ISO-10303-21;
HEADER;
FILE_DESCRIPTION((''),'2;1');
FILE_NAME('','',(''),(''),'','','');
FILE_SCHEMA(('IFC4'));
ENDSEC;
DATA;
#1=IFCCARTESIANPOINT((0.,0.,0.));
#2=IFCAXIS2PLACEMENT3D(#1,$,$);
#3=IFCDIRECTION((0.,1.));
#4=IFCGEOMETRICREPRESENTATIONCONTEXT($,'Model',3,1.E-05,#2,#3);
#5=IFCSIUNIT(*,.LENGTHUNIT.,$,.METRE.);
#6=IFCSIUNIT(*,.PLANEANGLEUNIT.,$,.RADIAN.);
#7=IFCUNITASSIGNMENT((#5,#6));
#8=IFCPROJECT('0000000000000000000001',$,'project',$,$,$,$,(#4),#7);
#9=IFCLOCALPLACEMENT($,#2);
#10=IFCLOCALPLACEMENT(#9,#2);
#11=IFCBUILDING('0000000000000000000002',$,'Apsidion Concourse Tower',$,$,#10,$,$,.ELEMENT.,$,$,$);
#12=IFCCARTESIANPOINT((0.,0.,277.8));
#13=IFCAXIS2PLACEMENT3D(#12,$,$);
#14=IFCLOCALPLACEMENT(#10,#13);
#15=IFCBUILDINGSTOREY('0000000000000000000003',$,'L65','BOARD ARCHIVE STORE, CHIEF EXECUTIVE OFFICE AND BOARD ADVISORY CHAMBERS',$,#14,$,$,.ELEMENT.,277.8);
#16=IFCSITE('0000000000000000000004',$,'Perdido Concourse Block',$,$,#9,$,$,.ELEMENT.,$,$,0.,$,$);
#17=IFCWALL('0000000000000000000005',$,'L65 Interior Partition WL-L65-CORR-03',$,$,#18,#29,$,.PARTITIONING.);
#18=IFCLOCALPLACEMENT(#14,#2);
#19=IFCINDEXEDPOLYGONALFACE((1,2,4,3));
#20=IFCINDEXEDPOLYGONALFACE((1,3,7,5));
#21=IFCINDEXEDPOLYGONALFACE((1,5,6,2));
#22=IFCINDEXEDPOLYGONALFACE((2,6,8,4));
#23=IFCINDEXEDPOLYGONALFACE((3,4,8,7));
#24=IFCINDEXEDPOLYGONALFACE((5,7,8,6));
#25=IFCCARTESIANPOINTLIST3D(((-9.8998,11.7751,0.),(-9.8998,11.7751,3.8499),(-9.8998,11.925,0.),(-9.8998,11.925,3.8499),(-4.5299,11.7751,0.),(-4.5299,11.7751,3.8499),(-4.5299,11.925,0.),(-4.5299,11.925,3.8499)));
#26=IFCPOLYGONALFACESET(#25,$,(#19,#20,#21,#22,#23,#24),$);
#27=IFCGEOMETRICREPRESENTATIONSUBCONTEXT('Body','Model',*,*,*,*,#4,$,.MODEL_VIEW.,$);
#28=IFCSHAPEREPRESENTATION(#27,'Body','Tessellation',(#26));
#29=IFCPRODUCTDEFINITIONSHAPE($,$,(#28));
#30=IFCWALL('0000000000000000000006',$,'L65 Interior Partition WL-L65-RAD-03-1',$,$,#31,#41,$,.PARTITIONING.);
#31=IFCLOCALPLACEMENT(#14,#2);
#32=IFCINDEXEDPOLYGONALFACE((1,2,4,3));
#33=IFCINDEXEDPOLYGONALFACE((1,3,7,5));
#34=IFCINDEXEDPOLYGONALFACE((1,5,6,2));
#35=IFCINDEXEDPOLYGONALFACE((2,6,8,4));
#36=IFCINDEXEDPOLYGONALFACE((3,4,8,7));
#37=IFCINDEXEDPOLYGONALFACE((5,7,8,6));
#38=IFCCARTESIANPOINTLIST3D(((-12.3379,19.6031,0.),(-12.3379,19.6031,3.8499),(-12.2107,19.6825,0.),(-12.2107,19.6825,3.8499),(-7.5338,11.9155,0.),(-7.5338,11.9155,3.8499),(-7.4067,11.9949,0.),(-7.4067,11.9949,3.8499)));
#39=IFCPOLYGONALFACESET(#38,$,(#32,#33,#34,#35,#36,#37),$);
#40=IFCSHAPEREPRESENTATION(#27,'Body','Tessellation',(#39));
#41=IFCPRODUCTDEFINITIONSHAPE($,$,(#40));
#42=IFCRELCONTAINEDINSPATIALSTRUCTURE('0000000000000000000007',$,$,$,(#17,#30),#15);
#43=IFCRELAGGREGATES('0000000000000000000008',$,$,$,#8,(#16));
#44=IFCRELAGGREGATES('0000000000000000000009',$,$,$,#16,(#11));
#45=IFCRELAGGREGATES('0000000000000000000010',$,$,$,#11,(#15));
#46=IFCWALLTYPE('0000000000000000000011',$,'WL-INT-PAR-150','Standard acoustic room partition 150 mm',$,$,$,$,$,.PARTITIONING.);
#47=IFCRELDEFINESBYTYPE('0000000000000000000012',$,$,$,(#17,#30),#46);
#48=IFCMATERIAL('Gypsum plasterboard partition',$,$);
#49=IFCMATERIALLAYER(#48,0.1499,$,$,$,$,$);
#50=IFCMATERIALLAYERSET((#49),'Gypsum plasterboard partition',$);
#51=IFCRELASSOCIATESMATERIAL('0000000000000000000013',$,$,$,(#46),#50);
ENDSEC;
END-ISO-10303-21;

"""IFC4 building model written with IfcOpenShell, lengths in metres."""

from ifc_helpers import new_model, si_unit, direction, frame, frame_2d, origin, place, context, subcontext, project, spatial, rectangle, extrude, material, layer, layer_set, type_object, element, save


model = new_model("IFC4")

# Units and contexts
model_context = context("Model", 3, precision=1e-05, world=origin(), true_north=direction((0.0, 1.0)))
body_context = subcontext(model_context, "Body", "Model", "MODEL_VIEW")
ifc_project = project(units=[si_unit("LENGTHUNIT", "METRE"), si_unit("PLANEANGLEUNIT", "RADIAN")], contexts=[model_context])

# Site, building, storey
site_placement = place(None, origin())
site = spatial("IfcSite", under=ifc_project, at=site_placement, Name="Perdido Concourse Block", CompositionType="ELEMENT", RefElevation=0.0)
building_placement = place(site_placement, origin())
building = spatial("IfcBuilding", under=site, at=building_placement, Name="Apsidion Concourse Tower", CompositionType="ELEMENT")
storey_placement = place(building_placement, frame((0.0, 0.0, 277.8)))
storey = spatial("IfcBuildingStorey", under=building, at=storey_placement, Name="L65", Description="BOARD ARCHIVE STORE, CHIEF EXECUTIVE OFFICE AND BOARD ADVISORY CHAMBERS", CompositionType="ELEMENT", Elevation=277.8)

# Walls
ifc_material_1 = material(Name="Gypsum plasterboard partition")
ifc_layer_1 = layer(ifc_material_1, 0.1499)
ifc_layer_set_1 = layer_set([ifc_layer_1], Name="Gypsum plasterboard partition")
wall_type_1 = type_object("IfcWallType", Name="WL-INT-PAR-150", Description="Standard acoustic room partition 150 mm", PredefinedType="PARTITIONING", material=ifc_layer_set_1)
wall_1_placement = place(storey_placement, frame((-9.8999, 11.8501, 0.0), z_axis=(0.0, 0.0, 1.0), x_axis=(1.0, 0.0, 0.0)))
element("IfcWall", 1, at=wall_1_placement, inside=storey, type_object=wall_type_1, Name="L65 Interior Partition WL-L65-CORR-03", PredefinedType="PARTITIONING", context=body_context, shape_type="SweptSolid", body=[
    extrude(rectangle(XDim=5.3699, YDim=0.1499, at=frame_2d((2.6851, 0.0))), origin(), (0.0, 0.0, 1.0), 3.8499),
])
wall_2_placement = place(storey_placement, frame((-7.4702, 11.9551, 0.0), z_axis=(0.0, 0.0, 1.0), x_axis=(-0.529941, 0.848035, 0.0)))
element("IfcWall", 2, at=wall_2_placement, inside=storey, type_object=wall_type_1, Name="L65 Interior Partition WL-L65-RAD-03-1", PredefinedType="PARTITIONING", context=body_context, shape_type="SweptSolid", body=[
    extrude(rectangle(XDim=9.0652, YDim=0.1499, at=frame_2d((4.5327, 0.0))), origin(), (0.0, 0.0, 1.0), 3.8499),
])

save(model, "model.ifc")
